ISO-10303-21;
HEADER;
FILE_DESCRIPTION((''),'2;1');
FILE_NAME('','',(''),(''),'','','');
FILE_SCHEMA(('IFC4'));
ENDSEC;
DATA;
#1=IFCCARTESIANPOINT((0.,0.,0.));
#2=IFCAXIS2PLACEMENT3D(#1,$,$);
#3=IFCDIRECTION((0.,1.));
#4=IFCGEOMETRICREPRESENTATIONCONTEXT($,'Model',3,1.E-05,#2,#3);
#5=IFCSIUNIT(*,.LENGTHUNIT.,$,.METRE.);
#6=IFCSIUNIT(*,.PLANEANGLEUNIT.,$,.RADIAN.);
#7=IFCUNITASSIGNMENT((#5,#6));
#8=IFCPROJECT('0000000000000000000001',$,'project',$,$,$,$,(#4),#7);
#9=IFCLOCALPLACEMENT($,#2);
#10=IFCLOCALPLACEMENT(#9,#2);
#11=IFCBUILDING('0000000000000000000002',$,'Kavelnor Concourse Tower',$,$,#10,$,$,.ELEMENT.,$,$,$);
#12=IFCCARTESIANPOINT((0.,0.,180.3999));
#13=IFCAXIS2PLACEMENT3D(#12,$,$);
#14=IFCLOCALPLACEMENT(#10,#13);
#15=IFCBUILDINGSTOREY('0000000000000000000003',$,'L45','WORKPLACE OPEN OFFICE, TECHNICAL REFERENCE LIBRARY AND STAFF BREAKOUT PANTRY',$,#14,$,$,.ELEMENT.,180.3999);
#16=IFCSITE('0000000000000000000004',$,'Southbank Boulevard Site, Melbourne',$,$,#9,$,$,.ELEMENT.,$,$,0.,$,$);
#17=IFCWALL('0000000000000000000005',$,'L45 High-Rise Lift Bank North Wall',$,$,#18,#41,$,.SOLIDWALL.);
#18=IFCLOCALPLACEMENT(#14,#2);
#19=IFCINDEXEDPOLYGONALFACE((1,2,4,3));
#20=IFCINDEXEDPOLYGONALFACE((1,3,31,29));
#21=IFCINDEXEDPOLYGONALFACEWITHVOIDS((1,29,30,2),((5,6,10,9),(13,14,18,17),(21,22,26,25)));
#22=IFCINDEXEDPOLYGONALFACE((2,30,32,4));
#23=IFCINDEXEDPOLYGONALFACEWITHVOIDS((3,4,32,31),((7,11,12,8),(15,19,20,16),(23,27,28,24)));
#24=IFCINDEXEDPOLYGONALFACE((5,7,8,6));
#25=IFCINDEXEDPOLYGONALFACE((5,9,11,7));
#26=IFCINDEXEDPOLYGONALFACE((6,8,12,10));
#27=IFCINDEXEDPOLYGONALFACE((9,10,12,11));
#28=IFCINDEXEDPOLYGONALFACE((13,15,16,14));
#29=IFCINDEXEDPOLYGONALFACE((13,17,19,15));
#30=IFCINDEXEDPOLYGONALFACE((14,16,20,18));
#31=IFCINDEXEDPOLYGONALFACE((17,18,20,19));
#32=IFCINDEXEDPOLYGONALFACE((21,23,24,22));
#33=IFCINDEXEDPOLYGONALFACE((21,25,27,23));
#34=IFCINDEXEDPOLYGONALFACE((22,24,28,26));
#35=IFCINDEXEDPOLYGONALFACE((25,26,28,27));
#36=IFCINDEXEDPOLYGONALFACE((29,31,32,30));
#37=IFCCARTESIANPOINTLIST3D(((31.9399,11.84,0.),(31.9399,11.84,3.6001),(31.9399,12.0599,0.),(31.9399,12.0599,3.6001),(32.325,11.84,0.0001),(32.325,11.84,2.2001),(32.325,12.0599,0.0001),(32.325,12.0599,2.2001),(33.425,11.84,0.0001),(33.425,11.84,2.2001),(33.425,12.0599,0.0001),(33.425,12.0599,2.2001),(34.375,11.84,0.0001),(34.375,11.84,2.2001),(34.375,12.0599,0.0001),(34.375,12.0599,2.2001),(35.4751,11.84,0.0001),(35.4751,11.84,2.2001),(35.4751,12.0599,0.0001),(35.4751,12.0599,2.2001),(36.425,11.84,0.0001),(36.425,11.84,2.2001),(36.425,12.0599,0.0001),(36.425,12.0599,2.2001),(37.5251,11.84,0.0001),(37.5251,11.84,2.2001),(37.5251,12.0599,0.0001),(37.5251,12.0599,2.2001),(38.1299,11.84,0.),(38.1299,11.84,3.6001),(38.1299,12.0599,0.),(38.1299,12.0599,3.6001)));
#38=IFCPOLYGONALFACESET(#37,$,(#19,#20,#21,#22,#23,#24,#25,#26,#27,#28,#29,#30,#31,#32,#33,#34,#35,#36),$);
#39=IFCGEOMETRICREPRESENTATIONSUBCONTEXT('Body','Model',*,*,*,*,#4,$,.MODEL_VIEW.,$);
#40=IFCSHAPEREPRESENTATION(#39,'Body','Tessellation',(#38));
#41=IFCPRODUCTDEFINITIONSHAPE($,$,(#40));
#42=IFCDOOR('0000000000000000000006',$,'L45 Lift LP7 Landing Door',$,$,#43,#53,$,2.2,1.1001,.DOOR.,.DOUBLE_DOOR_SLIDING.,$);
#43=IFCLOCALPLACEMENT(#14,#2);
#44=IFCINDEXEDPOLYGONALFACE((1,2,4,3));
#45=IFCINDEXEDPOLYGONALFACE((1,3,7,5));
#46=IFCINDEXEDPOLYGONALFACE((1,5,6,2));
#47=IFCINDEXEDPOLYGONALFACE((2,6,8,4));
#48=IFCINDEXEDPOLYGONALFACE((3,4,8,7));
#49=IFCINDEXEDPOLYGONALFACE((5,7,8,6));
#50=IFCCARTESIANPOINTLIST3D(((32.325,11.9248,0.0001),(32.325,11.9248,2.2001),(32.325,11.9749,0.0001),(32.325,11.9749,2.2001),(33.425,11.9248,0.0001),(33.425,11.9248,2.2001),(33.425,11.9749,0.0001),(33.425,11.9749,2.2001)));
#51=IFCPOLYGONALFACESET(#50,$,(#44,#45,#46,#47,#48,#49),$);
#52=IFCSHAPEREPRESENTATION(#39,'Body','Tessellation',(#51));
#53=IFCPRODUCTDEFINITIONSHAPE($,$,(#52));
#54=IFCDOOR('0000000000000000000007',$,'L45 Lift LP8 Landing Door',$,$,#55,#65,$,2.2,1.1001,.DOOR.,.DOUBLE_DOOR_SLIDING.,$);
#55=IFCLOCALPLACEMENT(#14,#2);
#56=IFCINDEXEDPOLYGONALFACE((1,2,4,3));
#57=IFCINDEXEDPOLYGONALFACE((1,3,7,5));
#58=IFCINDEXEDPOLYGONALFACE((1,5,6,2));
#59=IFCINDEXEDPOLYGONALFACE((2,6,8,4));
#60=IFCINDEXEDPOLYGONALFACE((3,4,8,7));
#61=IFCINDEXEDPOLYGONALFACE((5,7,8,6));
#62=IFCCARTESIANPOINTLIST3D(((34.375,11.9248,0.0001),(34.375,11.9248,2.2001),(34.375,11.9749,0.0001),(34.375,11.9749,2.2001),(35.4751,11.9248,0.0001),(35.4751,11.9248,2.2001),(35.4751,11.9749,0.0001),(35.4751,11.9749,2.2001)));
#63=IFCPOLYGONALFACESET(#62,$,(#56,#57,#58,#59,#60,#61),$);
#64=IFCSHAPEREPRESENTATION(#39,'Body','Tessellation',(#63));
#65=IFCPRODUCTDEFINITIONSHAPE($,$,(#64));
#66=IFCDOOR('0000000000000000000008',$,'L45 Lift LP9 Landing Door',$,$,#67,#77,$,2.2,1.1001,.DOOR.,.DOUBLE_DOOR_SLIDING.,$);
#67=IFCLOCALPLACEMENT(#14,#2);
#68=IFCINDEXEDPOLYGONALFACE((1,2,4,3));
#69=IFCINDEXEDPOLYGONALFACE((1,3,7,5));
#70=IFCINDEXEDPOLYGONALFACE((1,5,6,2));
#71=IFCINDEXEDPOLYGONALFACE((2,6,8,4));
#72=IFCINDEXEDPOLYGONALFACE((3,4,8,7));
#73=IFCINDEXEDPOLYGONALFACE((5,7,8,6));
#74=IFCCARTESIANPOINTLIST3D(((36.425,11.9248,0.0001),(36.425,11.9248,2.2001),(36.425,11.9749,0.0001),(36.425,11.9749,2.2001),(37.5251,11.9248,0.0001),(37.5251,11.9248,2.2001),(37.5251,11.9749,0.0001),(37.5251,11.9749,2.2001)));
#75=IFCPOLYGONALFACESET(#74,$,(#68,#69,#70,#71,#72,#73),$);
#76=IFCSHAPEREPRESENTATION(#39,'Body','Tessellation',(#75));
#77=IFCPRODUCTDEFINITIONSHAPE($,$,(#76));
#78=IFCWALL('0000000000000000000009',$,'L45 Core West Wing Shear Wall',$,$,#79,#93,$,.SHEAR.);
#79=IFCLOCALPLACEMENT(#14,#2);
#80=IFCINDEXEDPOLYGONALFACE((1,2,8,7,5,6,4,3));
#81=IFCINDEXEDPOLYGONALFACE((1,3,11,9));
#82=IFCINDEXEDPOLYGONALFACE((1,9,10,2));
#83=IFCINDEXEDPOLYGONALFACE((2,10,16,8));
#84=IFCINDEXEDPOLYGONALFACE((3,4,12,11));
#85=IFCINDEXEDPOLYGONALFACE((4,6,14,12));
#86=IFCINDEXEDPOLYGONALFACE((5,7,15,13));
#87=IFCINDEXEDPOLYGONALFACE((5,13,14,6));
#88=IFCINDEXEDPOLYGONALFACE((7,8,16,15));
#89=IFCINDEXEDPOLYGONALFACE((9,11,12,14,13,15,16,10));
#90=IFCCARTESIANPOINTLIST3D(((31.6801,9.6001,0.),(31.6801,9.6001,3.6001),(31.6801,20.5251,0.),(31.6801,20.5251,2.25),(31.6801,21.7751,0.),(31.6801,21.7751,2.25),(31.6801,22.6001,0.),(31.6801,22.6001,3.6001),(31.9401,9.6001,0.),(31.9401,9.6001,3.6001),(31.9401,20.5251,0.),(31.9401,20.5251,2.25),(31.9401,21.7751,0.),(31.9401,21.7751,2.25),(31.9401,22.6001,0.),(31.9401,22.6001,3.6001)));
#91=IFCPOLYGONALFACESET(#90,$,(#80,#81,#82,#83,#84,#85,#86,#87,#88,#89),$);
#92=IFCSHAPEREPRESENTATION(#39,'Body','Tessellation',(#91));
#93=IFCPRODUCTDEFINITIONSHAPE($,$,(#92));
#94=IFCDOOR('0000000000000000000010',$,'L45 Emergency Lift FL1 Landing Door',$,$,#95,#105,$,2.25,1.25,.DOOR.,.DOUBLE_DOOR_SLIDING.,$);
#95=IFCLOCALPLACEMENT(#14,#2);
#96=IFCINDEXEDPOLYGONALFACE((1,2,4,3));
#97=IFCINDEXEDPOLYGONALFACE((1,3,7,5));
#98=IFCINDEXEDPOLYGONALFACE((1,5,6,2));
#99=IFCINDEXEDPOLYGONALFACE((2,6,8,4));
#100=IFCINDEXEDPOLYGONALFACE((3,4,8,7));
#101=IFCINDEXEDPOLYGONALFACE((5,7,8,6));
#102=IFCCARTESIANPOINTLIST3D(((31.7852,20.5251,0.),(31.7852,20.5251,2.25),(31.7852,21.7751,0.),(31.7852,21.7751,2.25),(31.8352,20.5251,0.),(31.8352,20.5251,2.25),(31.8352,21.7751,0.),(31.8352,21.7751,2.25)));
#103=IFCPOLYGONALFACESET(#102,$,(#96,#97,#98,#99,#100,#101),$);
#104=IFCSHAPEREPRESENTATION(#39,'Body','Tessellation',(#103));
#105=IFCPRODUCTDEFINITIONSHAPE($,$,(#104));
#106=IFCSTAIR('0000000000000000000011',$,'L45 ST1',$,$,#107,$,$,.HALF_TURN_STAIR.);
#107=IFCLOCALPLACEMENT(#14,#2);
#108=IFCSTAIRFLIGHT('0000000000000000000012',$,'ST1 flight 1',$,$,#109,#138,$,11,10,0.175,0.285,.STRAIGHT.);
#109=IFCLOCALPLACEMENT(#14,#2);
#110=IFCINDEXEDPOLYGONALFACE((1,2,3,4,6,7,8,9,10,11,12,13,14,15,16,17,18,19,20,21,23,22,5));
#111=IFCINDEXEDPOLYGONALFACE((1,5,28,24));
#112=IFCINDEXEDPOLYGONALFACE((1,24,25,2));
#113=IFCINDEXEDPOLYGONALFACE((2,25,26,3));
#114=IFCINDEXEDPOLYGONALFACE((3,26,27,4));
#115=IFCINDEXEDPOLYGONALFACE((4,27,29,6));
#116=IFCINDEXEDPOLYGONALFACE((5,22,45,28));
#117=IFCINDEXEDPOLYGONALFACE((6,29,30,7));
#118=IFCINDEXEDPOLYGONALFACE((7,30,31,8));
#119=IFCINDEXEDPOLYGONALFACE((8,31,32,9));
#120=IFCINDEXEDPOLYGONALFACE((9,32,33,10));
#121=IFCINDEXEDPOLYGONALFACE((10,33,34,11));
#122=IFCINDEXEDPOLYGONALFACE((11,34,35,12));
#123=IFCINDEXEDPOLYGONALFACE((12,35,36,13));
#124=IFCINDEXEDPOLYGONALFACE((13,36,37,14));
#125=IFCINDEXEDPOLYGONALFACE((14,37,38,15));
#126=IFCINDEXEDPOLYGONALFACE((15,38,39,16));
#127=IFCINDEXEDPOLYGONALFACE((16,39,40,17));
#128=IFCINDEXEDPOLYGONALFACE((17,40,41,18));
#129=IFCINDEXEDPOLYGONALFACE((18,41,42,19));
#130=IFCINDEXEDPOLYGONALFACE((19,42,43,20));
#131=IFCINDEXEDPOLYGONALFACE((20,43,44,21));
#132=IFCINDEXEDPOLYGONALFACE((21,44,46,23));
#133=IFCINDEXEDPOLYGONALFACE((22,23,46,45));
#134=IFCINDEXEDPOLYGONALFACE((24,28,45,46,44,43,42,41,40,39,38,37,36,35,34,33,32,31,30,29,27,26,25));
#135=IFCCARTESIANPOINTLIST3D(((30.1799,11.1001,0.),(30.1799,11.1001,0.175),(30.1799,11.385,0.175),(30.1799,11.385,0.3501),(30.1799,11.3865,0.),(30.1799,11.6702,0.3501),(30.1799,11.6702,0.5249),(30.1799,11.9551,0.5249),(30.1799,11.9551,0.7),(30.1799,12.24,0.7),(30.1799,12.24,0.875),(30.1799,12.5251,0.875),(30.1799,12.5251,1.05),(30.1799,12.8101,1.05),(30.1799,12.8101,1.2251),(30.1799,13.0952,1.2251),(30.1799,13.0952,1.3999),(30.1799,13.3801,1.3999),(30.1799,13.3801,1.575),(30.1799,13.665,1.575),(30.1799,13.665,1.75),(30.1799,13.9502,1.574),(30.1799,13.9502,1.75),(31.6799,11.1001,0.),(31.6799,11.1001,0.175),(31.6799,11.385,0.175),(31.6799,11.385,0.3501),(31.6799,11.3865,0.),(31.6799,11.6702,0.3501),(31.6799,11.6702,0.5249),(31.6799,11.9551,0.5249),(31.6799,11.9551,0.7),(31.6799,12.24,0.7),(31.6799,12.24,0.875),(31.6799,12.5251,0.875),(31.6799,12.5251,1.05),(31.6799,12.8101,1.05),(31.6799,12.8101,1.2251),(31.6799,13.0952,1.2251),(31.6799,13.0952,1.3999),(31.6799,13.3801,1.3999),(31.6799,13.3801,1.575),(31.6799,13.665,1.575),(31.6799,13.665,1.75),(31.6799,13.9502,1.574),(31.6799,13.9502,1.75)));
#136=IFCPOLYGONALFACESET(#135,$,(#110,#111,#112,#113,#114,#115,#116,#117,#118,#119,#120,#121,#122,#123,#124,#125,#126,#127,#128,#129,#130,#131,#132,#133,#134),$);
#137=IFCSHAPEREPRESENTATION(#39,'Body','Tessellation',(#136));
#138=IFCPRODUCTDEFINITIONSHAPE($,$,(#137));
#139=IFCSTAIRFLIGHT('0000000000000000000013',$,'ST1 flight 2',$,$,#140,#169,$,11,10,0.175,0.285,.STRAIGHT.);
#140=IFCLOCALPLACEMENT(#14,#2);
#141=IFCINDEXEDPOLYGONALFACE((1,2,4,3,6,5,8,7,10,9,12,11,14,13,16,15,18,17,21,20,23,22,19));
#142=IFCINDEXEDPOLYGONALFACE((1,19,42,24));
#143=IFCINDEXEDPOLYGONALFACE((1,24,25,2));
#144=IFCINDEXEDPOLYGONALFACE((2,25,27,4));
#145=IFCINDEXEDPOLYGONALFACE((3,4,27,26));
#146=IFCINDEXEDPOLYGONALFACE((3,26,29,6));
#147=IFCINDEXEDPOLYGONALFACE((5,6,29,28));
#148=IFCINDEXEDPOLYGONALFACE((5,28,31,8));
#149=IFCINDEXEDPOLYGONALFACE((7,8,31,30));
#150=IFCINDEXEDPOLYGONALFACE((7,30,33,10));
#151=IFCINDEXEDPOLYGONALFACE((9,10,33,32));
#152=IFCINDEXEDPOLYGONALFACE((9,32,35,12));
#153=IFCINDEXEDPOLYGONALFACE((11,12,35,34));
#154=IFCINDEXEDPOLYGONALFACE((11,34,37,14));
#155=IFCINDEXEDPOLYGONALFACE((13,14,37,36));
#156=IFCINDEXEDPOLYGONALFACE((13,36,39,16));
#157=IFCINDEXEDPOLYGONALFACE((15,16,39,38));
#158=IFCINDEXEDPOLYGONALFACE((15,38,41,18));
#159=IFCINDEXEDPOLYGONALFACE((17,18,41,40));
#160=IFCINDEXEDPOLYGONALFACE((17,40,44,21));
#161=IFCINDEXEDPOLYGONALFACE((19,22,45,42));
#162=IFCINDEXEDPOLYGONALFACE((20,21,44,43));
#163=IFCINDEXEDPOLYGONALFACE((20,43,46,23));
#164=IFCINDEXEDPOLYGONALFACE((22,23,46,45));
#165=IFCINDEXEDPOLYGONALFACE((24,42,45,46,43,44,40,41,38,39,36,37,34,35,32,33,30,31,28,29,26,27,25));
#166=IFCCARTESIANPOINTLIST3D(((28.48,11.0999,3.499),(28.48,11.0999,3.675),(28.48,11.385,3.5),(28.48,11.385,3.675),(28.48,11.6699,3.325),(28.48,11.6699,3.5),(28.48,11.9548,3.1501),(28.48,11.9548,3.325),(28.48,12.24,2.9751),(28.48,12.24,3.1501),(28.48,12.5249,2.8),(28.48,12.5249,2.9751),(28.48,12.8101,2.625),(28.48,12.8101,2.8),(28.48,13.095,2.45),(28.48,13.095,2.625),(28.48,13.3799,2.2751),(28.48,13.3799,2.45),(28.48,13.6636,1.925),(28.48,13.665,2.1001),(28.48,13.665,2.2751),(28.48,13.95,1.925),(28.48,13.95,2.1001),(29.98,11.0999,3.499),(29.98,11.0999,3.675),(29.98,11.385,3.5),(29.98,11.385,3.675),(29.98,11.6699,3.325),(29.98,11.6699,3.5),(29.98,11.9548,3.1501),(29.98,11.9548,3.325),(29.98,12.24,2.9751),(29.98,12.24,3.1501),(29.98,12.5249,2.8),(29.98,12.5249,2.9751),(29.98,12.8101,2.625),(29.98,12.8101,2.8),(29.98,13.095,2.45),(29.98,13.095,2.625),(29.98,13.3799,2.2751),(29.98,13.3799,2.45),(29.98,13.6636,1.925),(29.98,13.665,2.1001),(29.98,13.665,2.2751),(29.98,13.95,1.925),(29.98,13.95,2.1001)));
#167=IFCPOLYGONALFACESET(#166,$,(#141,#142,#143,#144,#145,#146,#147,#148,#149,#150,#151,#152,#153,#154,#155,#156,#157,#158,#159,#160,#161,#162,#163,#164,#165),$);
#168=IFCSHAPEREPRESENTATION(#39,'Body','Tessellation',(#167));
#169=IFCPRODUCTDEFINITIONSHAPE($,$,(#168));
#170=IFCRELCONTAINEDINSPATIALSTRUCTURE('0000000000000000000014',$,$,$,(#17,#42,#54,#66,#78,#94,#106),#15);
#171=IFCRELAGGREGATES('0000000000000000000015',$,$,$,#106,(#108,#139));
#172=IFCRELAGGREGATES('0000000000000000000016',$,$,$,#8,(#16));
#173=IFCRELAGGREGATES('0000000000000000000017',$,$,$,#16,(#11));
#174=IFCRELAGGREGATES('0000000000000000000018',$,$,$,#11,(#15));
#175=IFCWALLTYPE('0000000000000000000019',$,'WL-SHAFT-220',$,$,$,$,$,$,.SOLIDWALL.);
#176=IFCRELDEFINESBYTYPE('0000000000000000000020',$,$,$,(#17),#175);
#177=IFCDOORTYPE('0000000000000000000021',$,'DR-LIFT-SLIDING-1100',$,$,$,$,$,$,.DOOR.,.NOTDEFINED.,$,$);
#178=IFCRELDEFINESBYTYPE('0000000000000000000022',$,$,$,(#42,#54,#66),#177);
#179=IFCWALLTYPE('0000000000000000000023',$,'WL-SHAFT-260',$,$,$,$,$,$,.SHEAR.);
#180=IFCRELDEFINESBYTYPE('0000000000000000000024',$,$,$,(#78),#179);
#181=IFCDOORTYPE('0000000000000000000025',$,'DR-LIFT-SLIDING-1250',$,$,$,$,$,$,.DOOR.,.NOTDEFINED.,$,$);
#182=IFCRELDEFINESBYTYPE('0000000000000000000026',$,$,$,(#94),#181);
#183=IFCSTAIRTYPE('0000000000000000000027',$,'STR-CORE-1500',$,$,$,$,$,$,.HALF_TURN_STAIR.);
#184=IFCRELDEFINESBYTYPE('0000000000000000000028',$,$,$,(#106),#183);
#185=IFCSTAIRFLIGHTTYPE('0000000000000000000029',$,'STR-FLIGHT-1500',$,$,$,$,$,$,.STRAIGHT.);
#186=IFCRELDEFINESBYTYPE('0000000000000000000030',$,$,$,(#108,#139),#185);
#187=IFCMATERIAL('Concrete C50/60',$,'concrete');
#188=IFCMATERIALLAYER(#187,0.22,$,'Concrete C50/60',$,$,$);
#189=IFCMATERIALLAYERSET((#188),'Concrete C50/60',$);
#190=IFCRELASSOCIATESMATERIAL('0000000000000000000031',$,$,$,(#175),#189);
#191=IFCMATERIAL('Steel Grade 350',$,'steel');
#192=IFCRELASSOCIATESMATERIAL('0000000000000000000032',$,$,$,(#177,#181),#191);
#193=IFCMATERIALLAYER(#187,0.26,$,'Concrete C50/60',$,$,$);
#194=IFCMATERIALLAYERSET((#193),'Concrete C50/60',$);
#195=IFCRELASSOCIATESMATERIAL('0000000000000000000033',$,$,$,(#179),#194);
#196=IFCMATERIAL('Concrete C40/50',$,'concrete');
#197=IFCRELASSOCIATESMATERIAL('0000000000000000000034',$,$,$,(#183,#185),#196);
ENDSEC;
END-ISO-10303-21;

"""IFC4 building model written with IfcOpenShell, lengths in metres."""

from ifc_helpers import new_model, si_unit, direction, frame, frame_2d, origin, place, context, subcontext, project, spatial, polyline, rectangle, outline, extrude, material, layer, layer_set, type_object, element, fill, aggregate, save


model = new_model("IFC4")

# Units and contexts
model_context = context("Model", 3, precision=1e-05, world=origin(), true_north=direction((0.0, 1.0)))
body_context = subcontext(model_context, "Body", "Model", "MODEL_VIEW")
ifc_project = project(units=[si_unit("LENGTHUNIT", "METRE"), si_unit("PLANEANGLEUNIT", "RADIAN")], contexts=[model_context])

# Site, building, storey
site_placement = place(None, origin())
site = spatial("IfcSite", under=ifc_project, at=site_placement, Name="Southbank Boulevard Site, Melbourne", CompositionType="ELEMENT", RefElevation=0.0)
building_placement = place(site_placement, origin())
building = spatial("IfcBuilding", under=site, at=building_placement, Name="Kavelnor Concourse Tower", CompositionType="ELEMENT")
storey_placement = place(building_placement, frame((0.0, 0.0, 180.3999)))
storey = spatial("IfcBuildingStorey", under=building, at=storey_placement, Name="L45", Description="WORKPLACE OPEN OFFICE, TECHNICAL REFERENCE LIBRARY AND STAFF BREAKOUT PANTRY", CompositionType="ELEMENT", Elevation=180.3999)

# Shared definitions
ifc_material_1 = material(Name="Steel Grade 350", Category="steel")

# Shared definitions
ifc_material_2 = material(Name="Concrete C50/60", Category="concrete")

# Shared definitions
ifc_layer_1 = layer(ifc_material_2, 0.22, Name="Concrete C50/60")
ifc_layer_set_1 = layer_set([ifc_layer_1], Name="Concrete C50/60")
wall_type_1 = type_object("IfcWallType", Name="WL-SHAFT-220", PredefinedType="SOLIDWALL", material=ifc_layer_set_1)

# Wall, openings, doors
wall_1_placement = place(storey_placement, frame((31.9399, 11.95, 0.0), z_axis=(0.0, 0.0, 1.0), x_axis=(1.0, 0.0, 0.0)))
wall_1 = element("IfcWall", 1, at=wall_1_placement, inside=storey, type_object=wall_type_1, Name="L45 High-Rise Lift Bank North Wall", PredefinedType="SOLIDWALL", context=body_context, shape_type="SweptSolid", body=[
    extrude(rectangle(XDim=6.1899, YDim=0.22, at=frame_2d((3.095, 0.0))), origin(), (0.0, 0.0, 1.0), 3.6001),
])
opening_1_placement = place(wall_1_placement, frame((0.385, 0.0, 0.0)))
opening_1 = element("IfcOpeningElement", 2, at=opening_1_placement, cuts=wall_1, PredefinedType="OPENING", context=body_context, shape_type="SweptSolid", body=[
    extrude(rectangle(XDim=1.1001, YDim=2.2, at=frame_2d((0.55, 1.1001))), frame((0.0, 0.1201, 0.0), z_axis=(0.0, -1.0, 0.0), x_axis=(1.0, 0.0, 0.0)), (0.0, 0.0, 1.0), 0.24),
])
opening_2_placement = place(wall_1_placement, frame((2.4351, 0.0, 0.0)))
opening_2 = element("IfcOpeningElement", 3, at=opening_2_placement, cuts=wall_1, PredefinedType="OPENING", context=body_context, shape_type="SweptSolid", body=[
    extrude(rectangle(XDim=1.1001, YDim=2.2, at=frame_2d((0.55, 1.1001))), frame((0.0, 0.1201, 0.0), z_axis=(0.0, -1.0, 0.0), x_axis=(1.0, 0.0, 0.0)), (0.0, 0.0, 1.0), 0.24),
])
opening_3_placement = place(wall_1_placement, frame((4.4851, 0.0, 0.0)))
opening_3 = element("IfcOpeningElement", 4, at=opening_3_placement, cuts=wall_1, PredefinedType="OPENING", context=body_context, shape_type="SweptSolid", body=[
    extrude(rectangle(XDim=1.1001, YDim=2.2, at=frame_2d((0.55, 1.1001))), frame((0.0, 0.1201, 0.0), z_axis=(0.0, -1.0, 0.0), x_axis=(1.0, 0.0, 0.0)), (0.0, 0.0, 1.0), 0.24),
])
door_type_1 = type_object("IfcDoorType", Name="DR-LIFT-SLIDING-1100", OperationType="NOTDEFINED", PredefinedType="DOOR", material=ifc_material_1)
door_1_placement = place(opening_1_placement, origin())
door_1 = element("IfcDoor", 5, at=door_1_placement, inside=storey, type_object=door_type_1, Name="L45 Lift LP7 Landing Door", OperationType="DOUBLE_DOOR_SLIDING", OverallHeight=2.2, OverallWidth=1.1001, PredefinedType="DOOR", context=body_context, shape_type="SweptSolid", body=[
    extrude(rectangle(XDim=1.1001, YDim=2.2, at=frame_2d((0.55, 1.1001))), frame((0.0, 0.0249, 0.0), z_axis=(0.0, -1.0, 0.0), x_axis=(1.0, 0.0, 0.0)), (0.0, 0.0, 1.0), 0.05),
])
fill(opening_1, door_1)
door_2_placement = place(opening_2_placement, origin())
door_2 = element("IfcDoor", 6, at=door_2_placement, inside=storey, type_object=door_type_1, Name="L45 Lift LP8 Landing Door", OperationType="DOUBLE_DOOR_SLIDING", OverallHeight=2.2, OverallWidth=1.1001, PredefinedType="DOOR", context=body_context, shape_type="SweptSolid", body=[
    extrude(rectangle(XDim=1.1001, YDim=2.2, at=frame_2d((0.55, 1.1001))), frame((0.0, 0.0249, 0.0), z_axis=(0.0, -1.0, 0.0), x_axis=(1.0, 0.0, 0.0)), (0.0, 0.0, 1.0), 0.05),
])
fill(opening_2, door_2)
door_3_placement = place(opening_3_placement, origin())
door_3 = element("IfcDoor", 7, at=door_3_placement, inside=storey, type_object=door_type_1, Name="L45 Lift LP9 Landing Door", OperationType="DOUBLE_DOOR_SLIDING", OverallHeight=2.2, OverallWidth=1.1001, PredefinedType="DOOR", context=body_context, shape_type="SweptSolid", body=[
    extrude(rectangle(XDim=1.1001, YDim=2.2, at=frame_2d((0.55, 1.1001))), frame((0.0, 0.0249, 0.0), z_axis=(0.0, -1.0, 0.0), x_axis=(1.0, 0.0, 0.0)), (0.0, 0.0, 1.0), 0.05),
])
fill(opening_3, door_3)

# Wall, opening, door
ifc_layer_2 = layer(ifc_material_2, 0.26, Name="Concrete C50/60")
ifc_layer_set_2 = layer_set([ifc_layer_2], Name="Concrete C50/60")
wall_type_2 = type_object("IfcWallType", Name="WL-SHAFT-260", PredefinedType="SHEAR", material=ifc_layer_set_2)
wall_2_placement = place(storey_placement, frame((31.8101, 9.6001, 0.0), z_axis=(0.0, 0.0, 1.0), x_axis=(0.0, 1.0, 0.0)))
wall_2 = element("IfcWall", 8, at=wall_2_placement, inside=storey, type_object=wall_type_2, Name="L45 Core West Wing Shear Wall", PredefinedType="SHEAR", context=body_context, shape_type="SweptSolid", body=[
    extrude(rectangle(XDim=13.0, YDim=0.26, at=frame_2d((6.5, 0.0))), origin(), (0.0, 0.0, 1.0), 3.6001),
])
opening_4_placement = place(wall_2_placement, frame((10.925, 0.0, 0.0)))
opening_4 = element("IfcOpeningElement", 9, at=opening_4_placement, cuts=wall_2, PredefinedType="OPENING", context=body_context, shape_type="SweptSolid", body=[
    extrude(rectangle(XDim=1.25, YDim=2.25, at=frame_2d((0.625, 1.125))), frame((0.0, 0.1401, 0.0), z_axis=(0.0, -1.0, 0.0), x_axis=(1.0, 0.0, 0.0)), (0.0, 0.0, 1.0), 0.28),
])
door_type_2 = type_object("IfcDoorType", Name="DR-LIFT-SLIDING-1250", OperationType="NOTDEFINED", PredefinedType="DOOR", material=ifc_material_1)
door_4_placement = place(opening_4_placement, origin())
door_4 = element("IfcDoor", 10, at=door_4_placement, inside=storey, type_object=door_type_2, Name="L45 Emergency Lift FL1 Landing Door", OperationType="DOUBLE_DOOR_SLIDING", OverallHeight=2.25, OverallWidth=1.25, PredefinedType="DOOR", context=body_context, shape_type="SweptSolid", body=[
    extrude(rectangle(XDim=1.25, YDim=2.25, at=frame_2d((0.625, 1.125))), frame((0.0, 0.0249, 0.0), z_axis=(0.0, -1.0, 0.0), x_axis=(1.0, 0.0, 0.0)), (0.0, 0.0, 1.0), 0.05),
])
fill(opening_4, door_4)

# Stair, stair flights
ifc_material_3 = material(Name="Concrete C40/50", Category="concrete")
stair_type = type_object("IfcStairType", Name="STR-CORE-1500", PredefinedType="HALF_TURN_STAIR", material=ifc_material_3)
stair_placement = place(storey_placement, origin())
stair = element("IfcStair", 11, at=stair_placement, inside=storey, type_object=stair_type, Name="L45 ST1", PredefinedType="HALF_TURN_STAIR")
stair_flight_type = type_object("IfcStairFlightType", Name="STR-FLIGHT-1500", PredefinedType="STRAIGHT", material=ifc_material_3)
stair_flight_1_placement = place(storey_placement, frame((30.9299, 11.1001, 0.0), z_axis=(0.0, 0.0, 1.0), x_axis=(0.0, 1.0, 0.0)))
stair_flight_1 = element("IfcStairFlight", 12, at=stair_flight_1_placement, type_object=stair_flight_type, Name="ST1 flight 1", NumberOfRisers=11, NumberOfTreads=10, PredefinedType="STRAIGHT", RiserHeight=0.175, TreadLength=0.285, context=body_context, shape_type="SweptSolid", body=[
    extrude(outline(polyline([(0.0, 0.0), (0.0, 0.175), (0.2849, 0.175), (0.2849, 0.3501), (0.5701, 0.3501), (0.5701, 0.5249), (0.855, 0.5249), (0.855, 0.7), (1.1399, 0.7), (1.1399, 0.875), (1.425, 0.875), (1.425, 1.05), (1.71, 1.05), (1.71, 1.2251), (1.9951, 1.2251), (1.9951, 1.3999), (2.28, 1.3999), (2.28, 1.575), (2.5649, 1.575), (2.5649, 1.75), (2.8501, 1.75), (2.8501, 1.925), (2.8501, 1.574), (0.2864, 0.0), (0.0, 0.0)])), frame((0.0, 0.75, 0.0), z_axis=(0.0, -1.0, 0.0), x_axis=(1.0, 0.0, 0.0)), (0.0, 0.0, 1.0), 1.5),
])
stair_flight_2_placement = place(storey_placement, frame((29.23, 13.95, 1.925), z_axis=(0.0, 0.0, 1.0), x_axis=(0.0, -1.0, 0.0)))
stair_flight_2 = element("IfcStairFlight", 13, at=stair_flight_2_placement, type_object=stair_flight_type, Name="ST1 flight 2", NumberOfRisers=11, NumberOfTreads=10, PredefinedType="STRAIGHT", RiserHeight=0.175, TreadLength=0.285, context=body_context, shape_type="SweptSolid", body=[
    extrude(outline(polyline([(0.0, 0.0), (0.0, 0.175), (0.2849, 0.175), (0.2849, 0.3501), (0.5701, 0.3501), (0.5701, 0.5249), (0.855, 0.5249), (0.855, 0.7), (1.1399, 0.7), (1.1399, 0.875), (1.425, 0.875), (1.425, 1.05), (1.71, 1.05), (1.71, 1.2251), (1.9951, 1.2251), (1.9951, 1.3999), (2.28, 1.3999), (2.28, 1.575), (2.5649, 1.575), (2.5649, 1.75), (2.8501, 1.75), (2.8501, 1.925), (2.8501, 1.574), (0.2864, 0.0), (0.0, 0.0)])), frame((0.0, 0.75, 0.0), z_axis=(0.0, -1.0, 0.0), x_axis=(1.0, 0.0, 0.0)), (0.0, 0.0, 1.0), 1.5),
])
aggregate(stair, [stair_flight_1, stair_flight_2])

save(model, "model.ifc")
